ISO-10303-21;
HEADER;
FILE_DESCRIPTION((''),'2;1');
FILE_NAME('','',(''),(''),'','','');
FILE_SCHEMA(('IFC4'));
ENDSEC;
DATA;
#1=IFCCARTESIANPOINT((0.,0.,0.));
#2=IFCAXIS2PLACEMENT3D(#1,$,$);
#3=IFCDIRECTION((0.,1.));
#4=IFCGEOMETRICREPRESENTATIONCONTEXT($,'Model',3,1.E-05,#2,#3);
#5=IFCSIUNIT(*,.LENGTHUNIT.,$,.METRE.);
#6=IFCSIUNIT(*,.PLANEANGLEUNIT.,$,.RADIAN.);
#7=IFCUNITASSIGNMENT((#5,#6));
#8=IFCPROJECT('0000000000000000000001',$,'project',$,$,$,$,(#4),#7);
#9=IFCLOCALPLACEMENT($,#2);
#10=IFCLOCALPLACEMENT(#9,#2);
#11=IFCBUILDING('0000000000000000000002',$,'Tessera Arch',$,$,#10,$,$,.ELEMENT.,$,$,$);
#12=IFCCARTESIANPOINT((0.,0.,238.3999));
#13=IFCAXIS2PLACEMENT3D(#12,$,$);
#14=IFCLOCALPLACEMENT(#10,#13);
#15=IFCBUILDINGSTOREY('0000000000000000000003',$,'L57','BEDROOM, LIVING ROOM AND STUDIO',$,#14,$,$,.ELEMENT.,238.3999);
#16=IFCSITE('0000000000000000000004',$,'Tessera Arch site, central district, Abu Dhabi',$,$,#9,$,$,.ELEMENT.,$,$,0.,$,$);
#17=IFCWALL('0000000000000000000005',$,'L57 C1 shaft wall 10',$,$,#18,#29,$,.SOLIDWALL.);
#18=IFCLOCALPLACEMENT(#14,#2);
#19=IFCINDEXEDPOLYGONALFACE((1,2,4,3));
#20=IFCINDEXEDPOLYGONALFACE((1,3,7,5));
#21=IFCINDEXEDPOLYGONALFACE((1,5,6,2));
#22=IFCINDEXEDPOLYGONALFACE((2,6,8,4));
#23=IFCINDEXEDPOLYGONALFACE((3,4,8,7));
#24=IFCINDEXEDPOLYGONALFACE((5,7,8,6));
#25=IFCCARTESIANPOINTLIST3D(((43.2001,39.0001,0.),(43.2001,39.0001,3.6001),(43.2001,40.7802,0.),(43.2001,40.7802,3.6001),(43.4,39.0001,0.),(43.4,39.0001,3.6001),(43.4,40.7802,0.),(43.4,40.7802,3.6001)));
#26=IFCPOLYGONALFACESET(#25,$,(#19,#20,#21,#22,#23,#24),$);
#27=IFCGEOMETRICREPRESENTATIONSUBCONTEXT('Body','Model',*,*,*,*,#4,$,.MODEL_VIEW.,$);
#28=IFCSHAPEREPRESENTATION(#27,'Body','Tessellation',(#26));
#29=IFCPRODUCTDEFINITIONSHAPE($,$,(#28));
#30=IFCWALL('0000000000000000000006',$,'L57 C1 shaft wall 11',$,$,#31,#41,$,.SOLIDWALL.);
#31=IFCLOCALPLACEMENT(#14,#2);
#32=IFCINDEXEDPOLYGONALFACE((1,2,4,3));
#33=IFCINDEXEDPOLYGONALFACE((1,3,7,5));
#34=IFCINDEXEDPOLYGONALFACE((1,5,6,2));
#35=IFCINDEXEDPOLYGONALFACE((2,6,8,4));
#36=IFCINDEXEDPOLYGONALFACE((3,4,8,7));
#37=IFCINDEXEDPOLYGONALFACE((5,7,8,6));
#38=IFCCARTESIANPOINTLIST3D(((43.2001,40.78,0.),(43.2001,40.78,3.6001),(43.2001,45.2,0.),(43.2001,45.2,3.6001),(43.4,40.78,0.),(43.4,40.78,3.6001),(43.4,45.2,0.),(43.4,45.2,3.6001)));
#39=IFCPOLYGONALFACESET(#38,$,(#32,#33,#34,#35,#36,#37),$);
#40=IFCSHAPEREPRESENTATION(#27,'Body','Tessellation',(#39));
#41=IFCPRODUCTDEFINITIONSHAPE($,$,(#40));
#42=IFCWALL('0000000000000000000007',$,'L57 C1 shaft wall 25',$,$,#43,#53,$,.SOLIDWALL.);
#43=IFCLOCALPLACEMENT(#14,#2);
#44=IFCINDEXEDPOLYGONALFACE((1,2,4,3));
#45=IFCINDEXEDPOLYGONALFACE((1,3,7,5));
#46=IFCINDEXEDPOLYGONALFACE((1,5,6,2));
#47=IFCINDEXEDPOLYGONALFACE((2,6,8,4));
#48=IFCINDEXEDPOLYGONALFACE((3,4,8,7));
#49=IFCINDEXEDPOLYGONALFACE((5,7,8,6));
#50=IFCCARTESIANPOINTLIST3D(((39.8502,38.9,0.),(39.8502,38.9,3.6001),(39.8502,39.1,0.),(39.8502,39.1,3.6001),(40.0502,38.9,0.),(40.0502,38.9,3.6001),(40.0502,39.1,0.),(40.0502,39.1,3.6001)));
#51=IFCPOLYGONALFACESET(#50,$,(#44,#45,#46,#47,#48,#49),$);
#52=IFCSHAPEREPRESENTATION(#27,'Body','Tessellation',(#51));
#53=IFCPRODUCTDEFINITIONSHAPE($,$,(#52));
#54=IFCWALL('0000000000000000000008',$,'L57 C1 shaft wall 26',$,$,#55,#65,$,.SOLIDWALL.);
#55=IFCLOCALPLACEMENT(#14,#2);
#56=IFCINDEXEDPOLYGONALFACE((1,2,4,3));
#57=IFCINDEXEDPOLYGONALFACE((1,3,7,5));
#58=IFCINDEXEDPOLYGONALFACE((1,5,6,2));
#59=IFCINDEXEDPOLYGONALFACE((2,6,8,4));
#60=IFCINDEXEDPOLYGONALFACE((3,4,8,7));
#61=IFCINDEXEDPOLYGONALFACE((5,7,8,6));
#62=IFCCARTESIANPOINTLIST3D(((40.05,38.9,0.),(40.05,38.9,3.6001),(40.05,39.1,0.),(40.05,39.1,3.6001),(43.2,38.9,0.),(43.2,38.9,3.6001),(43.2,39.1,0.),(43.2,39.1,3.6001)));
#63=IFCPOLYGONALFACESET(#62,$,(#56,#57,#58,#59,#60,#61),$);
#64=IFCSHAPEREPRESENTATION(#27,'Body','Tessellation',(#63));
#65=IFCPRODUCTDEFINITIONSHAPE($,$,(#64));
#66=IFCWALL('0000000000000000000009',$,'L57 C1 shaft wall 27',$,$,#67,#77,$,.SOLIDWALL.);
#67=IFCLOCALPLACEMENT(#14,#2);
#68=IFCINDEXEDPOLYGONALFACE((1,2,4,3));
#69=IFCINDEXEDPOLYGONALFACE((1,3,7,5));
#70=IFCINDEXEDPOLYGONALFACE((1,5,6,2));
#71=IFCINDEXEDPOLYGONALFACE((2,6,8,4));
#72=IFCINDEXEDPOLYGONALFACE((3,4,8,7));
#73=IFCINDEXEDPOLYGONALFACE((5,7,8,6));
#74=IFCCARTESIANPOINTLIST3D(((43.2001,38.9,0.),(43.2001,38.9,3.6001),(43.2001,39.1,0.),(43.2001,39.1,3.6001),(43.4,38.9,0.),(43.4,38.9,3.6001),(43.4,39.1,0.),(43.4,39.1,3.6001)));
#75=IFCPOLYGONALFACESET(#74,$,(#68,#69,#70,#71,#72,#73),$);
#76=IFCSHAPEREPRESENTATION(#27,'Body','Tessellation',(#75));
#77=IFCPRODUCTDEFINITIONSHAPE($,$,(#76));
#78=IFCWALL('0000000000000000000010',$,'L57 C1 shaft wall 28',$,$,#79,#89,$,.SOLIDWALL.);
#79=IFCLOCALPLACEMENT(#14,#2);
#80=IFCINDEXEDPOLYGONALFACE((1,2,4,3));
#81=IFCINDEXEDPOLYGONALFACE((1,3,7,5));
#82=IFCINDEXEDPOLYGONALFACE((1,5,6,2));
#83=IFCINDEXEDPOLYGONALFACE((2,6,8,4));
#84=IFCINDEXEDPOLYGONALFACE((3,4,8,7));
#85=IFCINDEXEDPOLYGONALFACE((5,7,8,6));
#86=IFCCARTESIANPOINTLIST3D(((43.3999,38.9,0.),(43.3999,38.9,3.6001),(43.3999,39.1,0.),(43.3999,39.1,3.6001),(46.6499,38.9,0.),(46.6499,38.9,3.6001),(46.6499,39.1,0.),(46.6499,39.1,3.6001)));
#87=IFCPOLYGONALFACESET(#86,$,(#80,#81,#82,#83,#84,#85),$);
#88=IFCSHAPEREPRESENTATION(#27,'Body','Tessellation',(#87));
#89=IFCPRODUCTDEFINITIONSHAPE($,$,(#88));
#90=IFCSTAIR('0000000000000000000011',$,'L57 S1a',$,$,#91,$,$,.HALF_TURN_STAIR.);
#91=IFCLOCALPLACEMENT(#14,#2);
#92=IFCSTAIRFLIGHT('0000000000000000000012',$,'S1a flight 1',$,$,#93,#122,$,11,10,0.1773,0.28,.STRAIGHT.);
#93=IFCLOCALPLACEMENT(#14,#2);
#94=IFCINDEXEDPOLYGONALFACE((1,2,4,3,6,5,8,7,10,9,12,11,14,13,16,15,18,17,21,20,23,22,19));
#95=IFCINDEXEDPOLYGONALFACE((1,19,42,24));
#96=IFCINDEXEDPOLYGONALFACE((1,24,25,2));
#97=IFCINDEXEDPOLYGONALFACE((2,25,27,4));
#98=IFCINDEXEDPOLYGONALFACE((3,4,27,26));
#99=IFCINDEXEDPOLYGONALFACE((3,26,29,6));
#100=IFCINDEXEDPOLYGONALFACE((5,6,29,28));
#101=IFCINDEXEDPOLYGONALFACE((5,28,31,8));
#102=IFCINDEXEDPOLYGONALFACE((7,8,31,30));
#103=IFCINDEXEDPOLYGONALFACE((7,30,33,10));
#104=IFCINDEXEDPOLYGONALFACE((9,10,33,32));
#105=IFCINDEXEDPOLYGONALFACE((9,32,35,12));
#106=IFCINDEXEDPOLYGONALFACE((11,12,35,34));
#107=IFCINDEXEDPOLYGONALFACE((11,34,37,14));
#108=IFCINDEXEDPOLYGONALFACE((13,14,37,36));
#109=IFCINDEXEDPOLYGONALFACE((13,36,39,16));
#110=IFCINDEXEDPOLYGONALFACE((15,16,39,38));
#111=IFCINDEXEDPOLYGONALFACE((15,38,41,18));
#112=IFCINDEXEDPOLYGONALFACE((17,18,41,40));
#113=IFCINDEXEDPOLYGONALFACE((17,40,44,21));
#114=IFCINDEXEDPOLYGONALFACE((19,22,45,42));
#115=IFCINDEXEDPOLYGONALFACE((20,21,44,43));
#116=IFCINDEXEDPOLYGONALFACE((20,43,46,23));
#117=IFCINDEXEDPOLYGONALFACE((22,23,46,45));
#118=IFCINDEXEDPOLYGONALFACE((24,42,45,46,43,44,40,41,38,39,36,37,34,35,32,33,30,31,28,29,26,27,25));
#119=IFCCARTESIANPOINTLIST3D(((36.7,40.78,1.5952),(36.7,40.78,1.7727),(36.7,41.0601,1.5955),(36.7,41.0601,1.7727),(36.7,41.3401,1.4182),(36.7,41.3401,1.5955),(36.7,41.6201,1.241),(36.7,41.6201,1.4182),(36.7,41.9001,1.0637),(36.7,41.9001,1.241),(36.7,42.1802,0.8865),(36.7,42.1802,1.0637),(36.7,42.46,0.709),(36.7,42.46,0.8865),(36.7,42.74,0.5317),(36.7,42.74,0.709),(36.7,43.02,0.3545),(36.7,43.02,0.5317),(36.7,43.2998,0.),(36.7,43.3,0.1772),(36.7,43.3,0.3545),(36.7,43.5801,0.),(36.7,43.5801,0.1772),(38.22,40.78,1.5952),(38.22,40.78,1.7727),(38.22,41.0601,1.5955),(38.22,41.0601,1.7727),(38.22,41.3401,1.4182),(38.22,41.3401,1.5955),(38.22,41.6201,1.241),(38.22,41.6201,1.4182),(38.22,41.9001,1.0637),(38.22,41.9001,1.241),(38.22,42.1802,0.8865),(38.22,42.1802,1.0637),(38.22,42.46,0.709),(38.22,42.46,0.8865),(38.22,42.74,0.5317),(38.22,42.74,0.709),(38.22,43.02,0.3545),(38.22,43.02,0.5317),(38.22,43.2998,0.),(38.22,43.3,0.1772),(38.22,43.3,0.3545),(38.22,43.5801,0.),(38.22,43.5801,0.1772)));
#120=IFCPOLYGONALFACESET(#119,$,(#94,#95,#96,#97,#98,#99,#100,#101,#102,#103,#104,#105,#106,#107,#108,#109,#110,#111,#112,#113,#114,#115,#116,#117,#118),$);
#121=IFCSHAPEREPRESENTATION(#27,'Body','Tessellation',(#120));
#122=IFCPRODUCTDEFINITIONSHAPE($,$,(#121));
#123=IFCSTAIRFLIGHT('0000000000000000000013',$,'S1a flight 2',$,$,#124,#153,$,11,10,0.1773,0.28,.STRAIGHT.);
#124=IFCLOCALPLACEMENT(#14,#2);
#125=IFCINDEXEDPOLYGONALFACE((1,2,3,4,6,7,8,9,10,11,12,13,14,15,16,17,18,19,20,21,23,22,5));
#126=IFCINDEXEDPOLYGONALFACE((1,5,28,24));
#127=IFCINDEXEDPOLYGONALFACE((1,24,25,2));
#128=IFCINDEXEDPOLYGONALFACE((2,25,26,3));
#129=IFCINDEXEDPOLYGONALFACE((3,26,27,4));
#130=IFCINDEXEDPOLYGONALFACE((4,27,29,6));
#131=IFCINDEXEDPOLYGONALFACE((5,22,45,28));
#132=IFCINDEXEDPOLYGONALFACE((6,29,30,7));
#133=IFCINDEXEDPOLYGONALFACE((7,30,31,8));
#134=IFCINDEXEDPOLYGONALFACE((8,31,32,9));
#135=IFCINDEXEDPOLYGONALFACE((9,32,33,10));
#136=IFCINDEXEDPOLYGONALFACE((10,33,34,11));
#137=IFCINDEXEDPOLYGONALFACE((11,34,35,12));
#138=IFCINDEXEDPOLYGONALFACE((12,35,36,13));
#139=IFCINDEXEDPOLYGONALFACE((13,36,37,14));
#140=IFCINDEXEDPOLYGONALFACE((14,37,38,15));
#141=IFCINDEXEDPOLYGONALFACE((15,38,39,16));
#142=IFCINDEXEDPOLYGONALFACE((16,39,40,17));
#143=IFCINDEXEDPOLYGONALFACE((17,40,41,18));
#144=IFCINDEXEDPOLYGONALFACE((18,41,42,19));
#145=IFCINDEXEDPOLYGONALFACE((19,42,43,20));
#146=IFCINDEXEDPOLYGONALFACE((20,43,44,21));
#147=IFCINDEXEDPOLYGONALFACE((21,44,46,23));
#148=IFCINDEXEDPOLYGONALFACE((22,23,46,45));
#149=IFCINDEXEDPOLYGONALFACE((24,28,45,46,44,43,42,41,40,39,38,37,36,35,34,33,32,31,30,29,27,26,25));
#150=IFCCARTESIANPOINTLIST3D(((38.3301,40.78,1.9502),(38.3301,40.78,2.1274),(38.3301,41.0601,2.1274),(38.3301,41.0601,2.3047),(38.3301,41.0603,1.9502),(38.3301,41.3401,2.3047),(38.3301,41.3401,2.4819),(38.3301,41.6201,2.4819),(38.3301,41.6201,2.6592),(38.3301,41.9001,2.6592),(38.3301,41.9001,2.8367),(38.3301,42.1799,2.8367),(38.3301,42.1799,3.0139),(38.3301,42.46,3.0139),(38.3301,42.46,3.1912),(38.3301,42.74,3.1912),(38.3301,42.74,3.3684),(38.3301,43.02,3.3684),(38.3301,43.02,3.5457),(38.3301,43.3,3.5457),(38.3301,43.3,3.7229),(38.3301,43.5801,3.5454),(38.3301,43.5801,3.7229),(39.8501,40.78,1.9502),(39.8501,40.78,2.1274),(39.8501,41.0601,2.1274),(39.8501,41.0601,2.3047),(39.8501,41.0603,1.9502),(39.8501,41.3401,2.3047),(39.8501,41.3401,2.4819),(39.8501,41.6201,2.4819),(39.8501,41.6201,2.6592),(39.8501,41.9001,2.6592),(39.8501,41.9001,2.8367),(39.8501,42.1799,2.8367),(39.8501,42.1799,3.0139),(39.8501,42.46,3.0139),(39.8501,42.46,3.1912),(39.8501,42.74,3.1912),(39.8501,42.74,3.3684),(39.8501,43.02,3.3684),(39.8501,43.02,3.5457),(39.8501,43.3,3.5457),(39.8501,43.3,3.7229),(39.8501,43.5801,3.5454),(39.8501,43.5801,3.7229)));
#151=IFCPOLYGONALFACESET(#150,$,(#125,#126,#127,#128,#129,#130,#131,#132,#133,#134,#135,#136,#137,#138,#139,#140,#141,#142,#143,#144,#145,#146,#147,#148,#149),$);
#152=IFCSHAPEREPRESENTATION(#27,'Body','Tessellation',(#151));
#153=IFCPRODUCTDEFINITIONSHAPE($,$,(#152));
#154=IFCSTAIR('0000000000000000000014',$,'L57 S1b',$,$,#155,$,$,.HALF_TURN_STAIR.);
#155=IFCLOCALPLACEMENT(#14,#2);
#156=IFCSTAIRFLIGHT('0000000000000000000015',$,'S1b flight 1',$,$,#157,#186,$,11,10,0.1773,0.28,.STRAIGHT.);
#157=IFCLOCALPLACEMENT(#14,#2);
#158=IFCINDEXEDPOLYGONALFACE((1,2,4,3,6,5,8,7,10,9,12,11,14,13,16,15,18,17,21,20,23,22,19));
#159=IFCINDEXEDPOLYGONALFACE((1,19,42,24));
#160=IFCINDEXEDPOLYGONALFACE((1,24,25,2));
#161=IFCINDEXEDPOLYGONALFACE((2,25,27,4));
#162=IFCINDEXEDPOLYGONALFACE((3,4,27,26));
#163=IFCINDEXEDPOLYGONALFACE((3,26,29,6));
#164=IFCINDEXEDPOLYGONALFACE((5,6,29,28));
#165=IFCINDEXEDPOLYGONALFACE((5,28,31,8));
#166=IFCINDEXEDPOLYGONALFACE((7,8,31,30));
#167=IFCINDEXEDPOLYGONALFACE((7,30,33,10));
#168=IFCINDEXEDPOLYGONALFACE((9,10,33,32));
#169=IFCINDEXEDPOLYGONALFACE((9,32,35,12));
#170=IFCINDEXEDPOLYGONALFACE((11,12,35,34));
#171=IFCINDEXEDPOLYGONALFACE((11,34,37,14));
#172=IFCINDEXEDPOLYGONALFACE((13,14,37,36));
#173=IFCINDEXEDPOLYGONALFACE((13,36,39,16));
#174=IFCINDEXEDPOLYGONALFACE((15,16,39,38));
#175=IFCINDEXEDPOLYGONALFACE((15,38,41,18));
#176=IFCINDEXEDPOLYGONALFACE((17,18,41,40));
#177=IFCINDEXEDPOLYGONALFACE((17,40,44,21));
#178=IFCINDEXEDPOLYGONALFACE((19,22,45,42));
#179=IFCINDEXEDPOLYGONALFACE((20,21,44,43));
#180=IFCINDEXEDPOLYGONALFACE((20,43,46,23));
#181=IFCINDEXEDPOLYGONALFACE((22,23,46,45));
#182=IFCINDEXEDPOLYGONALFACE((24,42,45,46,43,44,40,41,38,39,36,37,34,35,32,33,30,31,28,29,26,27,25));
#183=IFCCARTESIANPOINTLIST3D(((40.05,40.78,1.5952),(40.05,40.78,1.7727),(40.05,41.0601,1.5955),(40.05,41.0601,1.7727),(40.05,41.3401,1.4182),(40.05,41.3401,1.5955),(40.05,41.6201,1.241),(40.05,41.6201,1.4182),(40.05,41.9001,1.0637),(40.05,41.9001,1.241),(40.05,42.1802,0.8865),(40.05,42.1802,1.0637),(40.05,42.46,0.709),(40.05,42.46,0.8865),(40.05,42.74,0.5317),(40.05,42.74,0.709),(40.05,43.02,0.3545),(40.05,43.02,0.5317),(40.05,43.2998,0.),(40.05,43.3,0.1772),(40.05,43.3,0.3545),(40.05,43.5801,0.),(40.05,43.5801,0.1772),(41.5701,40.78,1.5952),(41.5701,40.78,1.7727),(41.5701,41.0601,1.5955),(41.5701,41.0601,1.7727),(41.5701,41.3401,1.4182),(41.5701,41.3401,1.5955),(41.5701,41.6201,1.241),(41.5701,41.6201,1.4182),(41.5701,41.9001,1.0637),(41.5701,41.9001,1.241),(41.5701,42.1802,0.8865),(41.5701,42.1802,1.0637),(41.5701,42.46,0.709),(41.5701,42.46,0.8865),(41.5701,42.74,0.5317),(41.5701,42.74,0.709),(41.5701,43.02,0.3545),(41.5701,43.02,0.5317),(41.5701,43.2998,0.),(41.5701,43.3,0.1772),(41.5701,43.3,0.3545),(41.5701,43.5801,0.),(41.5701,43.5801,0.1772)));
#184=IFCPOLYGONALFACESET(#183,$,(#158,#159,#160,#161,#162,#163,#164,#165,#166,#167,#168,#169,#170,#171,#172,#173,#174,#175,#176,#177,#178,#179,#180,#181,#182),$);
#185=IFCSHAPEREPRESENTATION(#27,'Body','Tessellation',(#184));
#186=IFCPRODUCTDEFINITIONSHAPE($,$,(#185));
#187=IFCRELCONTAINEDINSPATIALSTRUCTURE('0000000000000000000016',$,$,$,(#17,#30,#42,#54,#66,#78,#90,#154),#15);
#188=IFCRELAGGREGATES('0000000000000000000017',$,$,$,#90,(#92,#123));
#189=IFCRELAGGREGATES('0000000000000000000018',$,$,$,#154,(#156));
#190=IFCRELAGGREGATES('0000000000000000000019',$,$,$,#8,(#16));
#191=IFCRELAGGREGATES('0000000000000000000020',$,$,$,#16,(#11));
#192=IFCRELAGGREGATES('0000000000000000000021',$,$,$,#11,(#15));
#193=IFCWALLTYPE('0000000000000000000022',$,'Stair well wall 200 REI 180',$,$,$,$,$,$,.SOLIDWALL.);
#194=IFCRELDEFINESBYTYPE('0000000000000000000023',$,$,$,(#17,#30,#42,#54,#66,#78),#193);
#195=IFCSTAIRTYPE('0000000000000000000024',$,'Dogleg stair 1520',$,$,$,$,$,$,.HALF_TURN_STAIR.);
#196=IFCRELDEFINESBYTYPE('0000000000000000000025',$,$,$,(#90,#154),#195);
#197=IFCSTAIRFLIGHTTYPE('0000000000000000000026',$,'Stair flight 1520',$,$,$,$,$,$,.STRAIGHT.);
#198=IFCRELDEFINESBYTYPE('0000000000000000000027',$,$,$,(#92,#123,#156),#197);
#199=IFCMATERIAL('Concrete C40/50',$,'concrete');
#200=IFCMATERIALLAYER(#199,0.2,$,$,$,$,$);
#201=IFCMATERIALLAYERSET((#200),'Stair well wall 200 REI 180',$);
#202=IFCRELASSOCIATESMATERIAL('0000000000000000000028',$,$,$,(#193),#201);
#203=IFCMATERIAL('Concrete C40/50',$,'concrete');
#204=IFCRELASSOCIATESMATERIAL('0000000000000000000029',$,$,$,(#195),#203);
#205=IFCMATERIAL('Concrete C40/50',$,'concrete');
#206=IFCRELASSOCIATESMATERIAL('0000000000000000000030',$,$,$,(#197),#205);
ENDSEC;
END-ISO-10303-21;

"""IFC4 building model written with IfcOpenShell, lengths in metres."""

from ifc_helpers import new_model, si_unit, direction, frame, frame_2d, origin, place, context, subcontext, project, spatial, polyline, rectangle, outline, extrude, material, layer, layer_set, type_object, element, aggregate, save


model = new_model("IFC4")

# Units and contexts
model_context = context("Model", 3, precision=1e-05, world=origin(), true_north=direction((0.0, 1.0)))
body_context = subcontext(model_context, "Body", "Model", "MODEL_VIEW")
ifc_project = project(units=[si_unit("LENGTHUNIT", "METRE"), si_unit("PLANEANGLEUNIT", "RADIAN")], contexts=[model_context])

# Site, building, storey
site_placement = place(None, origin())
site = spatial("IfcSite", under=ifc_project, at=site_placement, Name="Tessera Arch site, central district, Abu Dhabi", CompositionType="ELEMENT", RefElevation=0.0)
building_placement = place(site_placement, origin())
building = spatial("IfcBuilding", under=site, at=building_placement, Name="Tessera Arch", CompositionType="ELEMENT")
storey_placement = place(building_placement, frame((0.0, 0.0, 238.3999)))
storey = spatial("IfcBuildingStorey", under=building, at=storey_placement, Name="L57", Description="BEDROOM, LIVING ROOM AND STUDIO", CompositionType="ELEMENT", Elevation=238.3999)

# Walls
ifc_material_1 = material(Name="Concrete C40/50", Category="concrete")
ifc_layer_1 = layer(ifc_material_1, 0.2)
ifc_layer_set_1 = layer_set([ifc_layer_1], Name="Stair well wall 200 REI 180")
wall_type_1 = type_object("IfcWallType", Name="Stair well wall 200 REI 180", PredefinedType="SOLIDWALL", material=ifc_layer_set_1)
wall_1_placement = place(storey_placement, frame((43.3, 39.0, 0.0), z_axis=(0.0, 0.0, 1.0), x_axis=(0.0, 1.0, 0.0)))
element("IfcWall", 1, at=wall_1_placement, inside=storey, type_object=wall_type_1, Name="L57 C1 shaft wall 10", PredefinedType="SOLIDWALL", context=body_context, shape_type="SweptSolid", body=[
    extrude(rectangle(XDim=1.78, YDim=0.2, at=frame_2d((0.8901, 0.0))), origin(), (0.0, 0.0, 1.0), 3.6001),
])
wall_2_placement = place(storey_placement, frame((43.3, 40.78, 0.0), z_axis=(0.0, 0.0, 1.0), x_axis=(0.0, 1.0, 0.0)))
element("IfcWall", 2, at=wall_2_placement, inside=storey, type_object=wall_type_1, Name="L57 C1 shaft wall 11", PredefinedType="SOLIDWALL", context=body_context, shape_type="SweptSolid", body=[
    extrude(rectangle(XDim=4.4199, YDim=0.2, at=frame_2d((2.21, 0.0))), origin(), (0.0, 0.0, 1.0), 3.6001),
])
wall_3_placement = place(storey_placement, frame((39.8501, 39.0, 0.0), z_axis=(0.0, 0.0, 1.0), x_axis=(1.0, 0.0, 0.0)))
element("IfcWall", 3, at=wall_3_placement, inside=storey, type_object=wall_type_1, Name="L57 C1 shaft wall 25", PredefinedType="SOLIDWALL", context=body_context, shape_type="SweptSolid", body=[
    extrude(rectangle(XDim=0.2, YDim=0.2, at=frame_2d((0.1001, 0.0))), origin(), (0.0, 0.0, 1.0), 3.6001),
])
wall_4_placement = place(storey_placement, frame((40.05, 39.0, 0.0), z_axis=(0.0, 0.0, 1.0), x_axis=(1.0, 0.0, 0.0)))
element("IfcWall", 4, at=wall_4_placement, inside=storey, type_object=wall_type_1, Name="L57 C1 shaft wall 26", PredefinedType="SOLIDWALL", context=body_context, shape_type="SweptSolid", body=[
    extrude(rectangle(XDim=3.1499, YDim=0.2, at=frame_2d((1.575, 0.0))), origin(), (0.0, 0.0, 1.0), 3.6001),
])
wall_5_placement = place(storey_placement, frame((43.2, 39.0, 0.0), z_axis=(0.0, 0.0, 1.0), x_axis=(1.0, 0.0, 0.0)))
element("IfcWall", 5, at=wall_5_placement, inside=storey, type_object=wall_type_1, Name="L57 C1 shaft wall 27", PredefinedType="SOLIDWALL", context=body_context, shape_type="SweptSolid", body=[
    extrude(rectangle(XDim=0.2, YDim=0.2, at=frame_2d((0.1001, 0.0))), origin(), (0.0, 0.0, 1.0), 3.6001),
])
wall_6_placement = place(storey_placement, frame((43.3999, 39.0, 0.0), z_axis=(0.0, 0.0, 1.0), x_axis=(1.0, 0.0, 0.0)))
element("IfcWall", 6, at=wall_6_placement, inside=storey, type_object=wall_type_1, Name="L57 C1 shaft wall 28", PredefinedType="SOLIDWALL", context=body_context, shape_type="SweptSolid", body=[
    extrude(rectangle(XDim=3.25, YDim=0.2, at=frame_2d((1.625, 0.0))), origin(), (0.0, 0.0, 1.0), 3.6001),
])

# Stairs, stair flights
ifc_material_2 = material(Name="Concrete C40/50", Category="concrete")
stair_type = type_object("IfcStairType", Name="Dogleg stair 1520", PredefinedType="HALF_TURN_STAIR", material=ifc_material_2)
stair_1_placement = place(storey_placement, origin())
stair_1 = element("IfcStair", 7, at=stair_1_placement, inside=storey, type_object=stair_type, Name="L57 S1a", PredefinedType="HALF_TURN_STAIR")
ifc_material_3 = material(Name="Concrete C40/50", Category="concrete")
stair_flight_type = type_object("IfcStairFlightType", Name="Stair flight 1520", PredefinedType="STRAIGHT", material=ifc_material_3)
stair_flight_1_placement = place(storey_placement, frame((37.46, 43.5801, 0.0), z_axis=(0.0, 0.0, 1.0), x_axis=(0.0, -1.0, 0.0)))
stair_flight_1 = element("IfcStairFlight", 8, at=stair_flight_1_placement, type_object=stair_flight_type, Name="S1a flight 1", NumberOfRisers=11, NumberOfTreads=10, PredefinedType="STRAIGHT", RiserHeight=0.1773, TreadLength=0.28, context=body_context, shape_type="SweptSolid", body=[
    extrude(outline(polyline([(0.0, 0.0), (0.0, 0.1772), (0.28, 0.1772), (0.28, 0.3545), (0.5601, 0.3545), (0.5601, 0.5317), (0.8401, 0.5317), (0.8401, 0.709), (1.1201, 0.709), (1.1201, 0.8865), (1.3999, 0.8865), (1.3999, 1.0637), (1.6799, 1.0637), (1.6799, 1.241), (1.96, 1.241), (1.96, 1.4182), (2.24, 1.4182), (2.24, 1.5955), (2.52, 1.5955), (2.52, 1.7727), (2.8, 1.7727), (2.8, 1.95), (2.8, 1.5952), (0.2803, 0.0), (0.0, 0.0)])), frame((0.0, 0.76, 0.0), z_axis=(0.0, -1.0, 0.0), x_axis=(1.0, 0.0, 0.0)), (0.0, 0.0, 1.0), 1.52),
])
stair_flight_2_placement = place(storey_placement, frame((39.0901, 40.78, 1.9502), z_axis=(0.0, 0.0, 1.0), x_axis=(0.0, 1.0, 0.0)))
stair_flight_2 = element("IfcStairFlight", 9, at=stair_flight_2_placement, type_object=stair_flight_type, Name="S1a flight 2", NumberOfRisers=11, NumberOfTreads=10, PredefinedType="STRAIGHT", RiserHeight=0.1773, TreadLength=0.28, context=body_context, shape_type="SweptSolid", body=[
    extrude(outline(polyline([(0.0, 0.0), (0.0, 0.1772), (0.28, 0.1772), (0.28, 0.3545), (0.5601, 0.3545), (0.5601, 0.5317), (0.8401, 0.5317), (0.8401, 0.709), (1.1201, 0.709), (1.1201, 0.8865), (1.3999, 0.8865), (1.3999, 1.0637), (1.6799, 1.0637), (1.6799, 1.241), (1.96, 1.241), (1.96, 1.4182), (2.24, 1.4182), (2.24, 1.5955), (2.52, 1.5955), (2.52, 1.7727), (2.8, 1.7727), (2.8, 1.95), (2.8, 1.5952), (0.2803, 0.0), (0.0, 0.0)])), frame((0.0, 0.76, 0.0), z_axis=(0.0, -1.0, 0.0), x_axis=(1.0, 0.0, 0.0)), (0.0, 0.0, 1.0), 1.52),
])
aggregate(stair_1, [stair_flight_1, stair_flight_2])
stair_2_placement = place(storey_placement, origin())
stair_2 = element("IfcStair", 10, at=stair_2_placement, inside=storey, type_object=stair_type, Name="L57 S1b", PredefinedType="HALF_TURN_STAIR")
stair_flight_3_placement = place(storey_placement, frame((40.8101, 43.5801, 0.0), z_axis=(0.0, 0.0, 1.0), x_axis=(0.0, -1.0, 0.0)))
stair_flight_3 = element("IfcStairFlight", 11, at=stair_flight_3_placement, type_object=stair_flight_type, Name="S1b flight 1", NumberOfRisers=11, NumberOfTreads=10, PredefinedType="STRAIGHT", RiserHeight=0.1773, TreadLength=0.28, context=body_context, shape_type="SweptSolid", body=[
    extrude(outline(polyline([(0.0, 0.0), (0.0, 0.1772), (0.28, 0.1772), (0.28, 0.3545), (0.5601, 0.3545), (0.5601, 0.5317), (0.8401, 0.5317), (0.8401, 0.709), (1.1201, 0.709), (1.1201, 0.8865), (1.3999, 0.8865), (1.3999, 1.0637), (1.6799, 1.0637), (1.6799, 1.241), (1.96, 1.241), (1.96, 1.4182), (2.24, 1.4182), (2.24, 1.5955), (2.52, 1.5955), (2.52, 1.7727), (2.8, 1.7727), (2.8, 1.95), (2.8, 1.5952), (0.2803, 0.0), (0.0, 0.0)])), frame((0.0, 0.76, 0.0), z_axis=(0.0, -1.0, 0.0), x_axis=(1.0, 0.0, 0.0)), (0.0, 0.0, 1.0), 1.52),
])
aggregate(stair_2, [stair_flight_3])

save(model, "model.ifc")
